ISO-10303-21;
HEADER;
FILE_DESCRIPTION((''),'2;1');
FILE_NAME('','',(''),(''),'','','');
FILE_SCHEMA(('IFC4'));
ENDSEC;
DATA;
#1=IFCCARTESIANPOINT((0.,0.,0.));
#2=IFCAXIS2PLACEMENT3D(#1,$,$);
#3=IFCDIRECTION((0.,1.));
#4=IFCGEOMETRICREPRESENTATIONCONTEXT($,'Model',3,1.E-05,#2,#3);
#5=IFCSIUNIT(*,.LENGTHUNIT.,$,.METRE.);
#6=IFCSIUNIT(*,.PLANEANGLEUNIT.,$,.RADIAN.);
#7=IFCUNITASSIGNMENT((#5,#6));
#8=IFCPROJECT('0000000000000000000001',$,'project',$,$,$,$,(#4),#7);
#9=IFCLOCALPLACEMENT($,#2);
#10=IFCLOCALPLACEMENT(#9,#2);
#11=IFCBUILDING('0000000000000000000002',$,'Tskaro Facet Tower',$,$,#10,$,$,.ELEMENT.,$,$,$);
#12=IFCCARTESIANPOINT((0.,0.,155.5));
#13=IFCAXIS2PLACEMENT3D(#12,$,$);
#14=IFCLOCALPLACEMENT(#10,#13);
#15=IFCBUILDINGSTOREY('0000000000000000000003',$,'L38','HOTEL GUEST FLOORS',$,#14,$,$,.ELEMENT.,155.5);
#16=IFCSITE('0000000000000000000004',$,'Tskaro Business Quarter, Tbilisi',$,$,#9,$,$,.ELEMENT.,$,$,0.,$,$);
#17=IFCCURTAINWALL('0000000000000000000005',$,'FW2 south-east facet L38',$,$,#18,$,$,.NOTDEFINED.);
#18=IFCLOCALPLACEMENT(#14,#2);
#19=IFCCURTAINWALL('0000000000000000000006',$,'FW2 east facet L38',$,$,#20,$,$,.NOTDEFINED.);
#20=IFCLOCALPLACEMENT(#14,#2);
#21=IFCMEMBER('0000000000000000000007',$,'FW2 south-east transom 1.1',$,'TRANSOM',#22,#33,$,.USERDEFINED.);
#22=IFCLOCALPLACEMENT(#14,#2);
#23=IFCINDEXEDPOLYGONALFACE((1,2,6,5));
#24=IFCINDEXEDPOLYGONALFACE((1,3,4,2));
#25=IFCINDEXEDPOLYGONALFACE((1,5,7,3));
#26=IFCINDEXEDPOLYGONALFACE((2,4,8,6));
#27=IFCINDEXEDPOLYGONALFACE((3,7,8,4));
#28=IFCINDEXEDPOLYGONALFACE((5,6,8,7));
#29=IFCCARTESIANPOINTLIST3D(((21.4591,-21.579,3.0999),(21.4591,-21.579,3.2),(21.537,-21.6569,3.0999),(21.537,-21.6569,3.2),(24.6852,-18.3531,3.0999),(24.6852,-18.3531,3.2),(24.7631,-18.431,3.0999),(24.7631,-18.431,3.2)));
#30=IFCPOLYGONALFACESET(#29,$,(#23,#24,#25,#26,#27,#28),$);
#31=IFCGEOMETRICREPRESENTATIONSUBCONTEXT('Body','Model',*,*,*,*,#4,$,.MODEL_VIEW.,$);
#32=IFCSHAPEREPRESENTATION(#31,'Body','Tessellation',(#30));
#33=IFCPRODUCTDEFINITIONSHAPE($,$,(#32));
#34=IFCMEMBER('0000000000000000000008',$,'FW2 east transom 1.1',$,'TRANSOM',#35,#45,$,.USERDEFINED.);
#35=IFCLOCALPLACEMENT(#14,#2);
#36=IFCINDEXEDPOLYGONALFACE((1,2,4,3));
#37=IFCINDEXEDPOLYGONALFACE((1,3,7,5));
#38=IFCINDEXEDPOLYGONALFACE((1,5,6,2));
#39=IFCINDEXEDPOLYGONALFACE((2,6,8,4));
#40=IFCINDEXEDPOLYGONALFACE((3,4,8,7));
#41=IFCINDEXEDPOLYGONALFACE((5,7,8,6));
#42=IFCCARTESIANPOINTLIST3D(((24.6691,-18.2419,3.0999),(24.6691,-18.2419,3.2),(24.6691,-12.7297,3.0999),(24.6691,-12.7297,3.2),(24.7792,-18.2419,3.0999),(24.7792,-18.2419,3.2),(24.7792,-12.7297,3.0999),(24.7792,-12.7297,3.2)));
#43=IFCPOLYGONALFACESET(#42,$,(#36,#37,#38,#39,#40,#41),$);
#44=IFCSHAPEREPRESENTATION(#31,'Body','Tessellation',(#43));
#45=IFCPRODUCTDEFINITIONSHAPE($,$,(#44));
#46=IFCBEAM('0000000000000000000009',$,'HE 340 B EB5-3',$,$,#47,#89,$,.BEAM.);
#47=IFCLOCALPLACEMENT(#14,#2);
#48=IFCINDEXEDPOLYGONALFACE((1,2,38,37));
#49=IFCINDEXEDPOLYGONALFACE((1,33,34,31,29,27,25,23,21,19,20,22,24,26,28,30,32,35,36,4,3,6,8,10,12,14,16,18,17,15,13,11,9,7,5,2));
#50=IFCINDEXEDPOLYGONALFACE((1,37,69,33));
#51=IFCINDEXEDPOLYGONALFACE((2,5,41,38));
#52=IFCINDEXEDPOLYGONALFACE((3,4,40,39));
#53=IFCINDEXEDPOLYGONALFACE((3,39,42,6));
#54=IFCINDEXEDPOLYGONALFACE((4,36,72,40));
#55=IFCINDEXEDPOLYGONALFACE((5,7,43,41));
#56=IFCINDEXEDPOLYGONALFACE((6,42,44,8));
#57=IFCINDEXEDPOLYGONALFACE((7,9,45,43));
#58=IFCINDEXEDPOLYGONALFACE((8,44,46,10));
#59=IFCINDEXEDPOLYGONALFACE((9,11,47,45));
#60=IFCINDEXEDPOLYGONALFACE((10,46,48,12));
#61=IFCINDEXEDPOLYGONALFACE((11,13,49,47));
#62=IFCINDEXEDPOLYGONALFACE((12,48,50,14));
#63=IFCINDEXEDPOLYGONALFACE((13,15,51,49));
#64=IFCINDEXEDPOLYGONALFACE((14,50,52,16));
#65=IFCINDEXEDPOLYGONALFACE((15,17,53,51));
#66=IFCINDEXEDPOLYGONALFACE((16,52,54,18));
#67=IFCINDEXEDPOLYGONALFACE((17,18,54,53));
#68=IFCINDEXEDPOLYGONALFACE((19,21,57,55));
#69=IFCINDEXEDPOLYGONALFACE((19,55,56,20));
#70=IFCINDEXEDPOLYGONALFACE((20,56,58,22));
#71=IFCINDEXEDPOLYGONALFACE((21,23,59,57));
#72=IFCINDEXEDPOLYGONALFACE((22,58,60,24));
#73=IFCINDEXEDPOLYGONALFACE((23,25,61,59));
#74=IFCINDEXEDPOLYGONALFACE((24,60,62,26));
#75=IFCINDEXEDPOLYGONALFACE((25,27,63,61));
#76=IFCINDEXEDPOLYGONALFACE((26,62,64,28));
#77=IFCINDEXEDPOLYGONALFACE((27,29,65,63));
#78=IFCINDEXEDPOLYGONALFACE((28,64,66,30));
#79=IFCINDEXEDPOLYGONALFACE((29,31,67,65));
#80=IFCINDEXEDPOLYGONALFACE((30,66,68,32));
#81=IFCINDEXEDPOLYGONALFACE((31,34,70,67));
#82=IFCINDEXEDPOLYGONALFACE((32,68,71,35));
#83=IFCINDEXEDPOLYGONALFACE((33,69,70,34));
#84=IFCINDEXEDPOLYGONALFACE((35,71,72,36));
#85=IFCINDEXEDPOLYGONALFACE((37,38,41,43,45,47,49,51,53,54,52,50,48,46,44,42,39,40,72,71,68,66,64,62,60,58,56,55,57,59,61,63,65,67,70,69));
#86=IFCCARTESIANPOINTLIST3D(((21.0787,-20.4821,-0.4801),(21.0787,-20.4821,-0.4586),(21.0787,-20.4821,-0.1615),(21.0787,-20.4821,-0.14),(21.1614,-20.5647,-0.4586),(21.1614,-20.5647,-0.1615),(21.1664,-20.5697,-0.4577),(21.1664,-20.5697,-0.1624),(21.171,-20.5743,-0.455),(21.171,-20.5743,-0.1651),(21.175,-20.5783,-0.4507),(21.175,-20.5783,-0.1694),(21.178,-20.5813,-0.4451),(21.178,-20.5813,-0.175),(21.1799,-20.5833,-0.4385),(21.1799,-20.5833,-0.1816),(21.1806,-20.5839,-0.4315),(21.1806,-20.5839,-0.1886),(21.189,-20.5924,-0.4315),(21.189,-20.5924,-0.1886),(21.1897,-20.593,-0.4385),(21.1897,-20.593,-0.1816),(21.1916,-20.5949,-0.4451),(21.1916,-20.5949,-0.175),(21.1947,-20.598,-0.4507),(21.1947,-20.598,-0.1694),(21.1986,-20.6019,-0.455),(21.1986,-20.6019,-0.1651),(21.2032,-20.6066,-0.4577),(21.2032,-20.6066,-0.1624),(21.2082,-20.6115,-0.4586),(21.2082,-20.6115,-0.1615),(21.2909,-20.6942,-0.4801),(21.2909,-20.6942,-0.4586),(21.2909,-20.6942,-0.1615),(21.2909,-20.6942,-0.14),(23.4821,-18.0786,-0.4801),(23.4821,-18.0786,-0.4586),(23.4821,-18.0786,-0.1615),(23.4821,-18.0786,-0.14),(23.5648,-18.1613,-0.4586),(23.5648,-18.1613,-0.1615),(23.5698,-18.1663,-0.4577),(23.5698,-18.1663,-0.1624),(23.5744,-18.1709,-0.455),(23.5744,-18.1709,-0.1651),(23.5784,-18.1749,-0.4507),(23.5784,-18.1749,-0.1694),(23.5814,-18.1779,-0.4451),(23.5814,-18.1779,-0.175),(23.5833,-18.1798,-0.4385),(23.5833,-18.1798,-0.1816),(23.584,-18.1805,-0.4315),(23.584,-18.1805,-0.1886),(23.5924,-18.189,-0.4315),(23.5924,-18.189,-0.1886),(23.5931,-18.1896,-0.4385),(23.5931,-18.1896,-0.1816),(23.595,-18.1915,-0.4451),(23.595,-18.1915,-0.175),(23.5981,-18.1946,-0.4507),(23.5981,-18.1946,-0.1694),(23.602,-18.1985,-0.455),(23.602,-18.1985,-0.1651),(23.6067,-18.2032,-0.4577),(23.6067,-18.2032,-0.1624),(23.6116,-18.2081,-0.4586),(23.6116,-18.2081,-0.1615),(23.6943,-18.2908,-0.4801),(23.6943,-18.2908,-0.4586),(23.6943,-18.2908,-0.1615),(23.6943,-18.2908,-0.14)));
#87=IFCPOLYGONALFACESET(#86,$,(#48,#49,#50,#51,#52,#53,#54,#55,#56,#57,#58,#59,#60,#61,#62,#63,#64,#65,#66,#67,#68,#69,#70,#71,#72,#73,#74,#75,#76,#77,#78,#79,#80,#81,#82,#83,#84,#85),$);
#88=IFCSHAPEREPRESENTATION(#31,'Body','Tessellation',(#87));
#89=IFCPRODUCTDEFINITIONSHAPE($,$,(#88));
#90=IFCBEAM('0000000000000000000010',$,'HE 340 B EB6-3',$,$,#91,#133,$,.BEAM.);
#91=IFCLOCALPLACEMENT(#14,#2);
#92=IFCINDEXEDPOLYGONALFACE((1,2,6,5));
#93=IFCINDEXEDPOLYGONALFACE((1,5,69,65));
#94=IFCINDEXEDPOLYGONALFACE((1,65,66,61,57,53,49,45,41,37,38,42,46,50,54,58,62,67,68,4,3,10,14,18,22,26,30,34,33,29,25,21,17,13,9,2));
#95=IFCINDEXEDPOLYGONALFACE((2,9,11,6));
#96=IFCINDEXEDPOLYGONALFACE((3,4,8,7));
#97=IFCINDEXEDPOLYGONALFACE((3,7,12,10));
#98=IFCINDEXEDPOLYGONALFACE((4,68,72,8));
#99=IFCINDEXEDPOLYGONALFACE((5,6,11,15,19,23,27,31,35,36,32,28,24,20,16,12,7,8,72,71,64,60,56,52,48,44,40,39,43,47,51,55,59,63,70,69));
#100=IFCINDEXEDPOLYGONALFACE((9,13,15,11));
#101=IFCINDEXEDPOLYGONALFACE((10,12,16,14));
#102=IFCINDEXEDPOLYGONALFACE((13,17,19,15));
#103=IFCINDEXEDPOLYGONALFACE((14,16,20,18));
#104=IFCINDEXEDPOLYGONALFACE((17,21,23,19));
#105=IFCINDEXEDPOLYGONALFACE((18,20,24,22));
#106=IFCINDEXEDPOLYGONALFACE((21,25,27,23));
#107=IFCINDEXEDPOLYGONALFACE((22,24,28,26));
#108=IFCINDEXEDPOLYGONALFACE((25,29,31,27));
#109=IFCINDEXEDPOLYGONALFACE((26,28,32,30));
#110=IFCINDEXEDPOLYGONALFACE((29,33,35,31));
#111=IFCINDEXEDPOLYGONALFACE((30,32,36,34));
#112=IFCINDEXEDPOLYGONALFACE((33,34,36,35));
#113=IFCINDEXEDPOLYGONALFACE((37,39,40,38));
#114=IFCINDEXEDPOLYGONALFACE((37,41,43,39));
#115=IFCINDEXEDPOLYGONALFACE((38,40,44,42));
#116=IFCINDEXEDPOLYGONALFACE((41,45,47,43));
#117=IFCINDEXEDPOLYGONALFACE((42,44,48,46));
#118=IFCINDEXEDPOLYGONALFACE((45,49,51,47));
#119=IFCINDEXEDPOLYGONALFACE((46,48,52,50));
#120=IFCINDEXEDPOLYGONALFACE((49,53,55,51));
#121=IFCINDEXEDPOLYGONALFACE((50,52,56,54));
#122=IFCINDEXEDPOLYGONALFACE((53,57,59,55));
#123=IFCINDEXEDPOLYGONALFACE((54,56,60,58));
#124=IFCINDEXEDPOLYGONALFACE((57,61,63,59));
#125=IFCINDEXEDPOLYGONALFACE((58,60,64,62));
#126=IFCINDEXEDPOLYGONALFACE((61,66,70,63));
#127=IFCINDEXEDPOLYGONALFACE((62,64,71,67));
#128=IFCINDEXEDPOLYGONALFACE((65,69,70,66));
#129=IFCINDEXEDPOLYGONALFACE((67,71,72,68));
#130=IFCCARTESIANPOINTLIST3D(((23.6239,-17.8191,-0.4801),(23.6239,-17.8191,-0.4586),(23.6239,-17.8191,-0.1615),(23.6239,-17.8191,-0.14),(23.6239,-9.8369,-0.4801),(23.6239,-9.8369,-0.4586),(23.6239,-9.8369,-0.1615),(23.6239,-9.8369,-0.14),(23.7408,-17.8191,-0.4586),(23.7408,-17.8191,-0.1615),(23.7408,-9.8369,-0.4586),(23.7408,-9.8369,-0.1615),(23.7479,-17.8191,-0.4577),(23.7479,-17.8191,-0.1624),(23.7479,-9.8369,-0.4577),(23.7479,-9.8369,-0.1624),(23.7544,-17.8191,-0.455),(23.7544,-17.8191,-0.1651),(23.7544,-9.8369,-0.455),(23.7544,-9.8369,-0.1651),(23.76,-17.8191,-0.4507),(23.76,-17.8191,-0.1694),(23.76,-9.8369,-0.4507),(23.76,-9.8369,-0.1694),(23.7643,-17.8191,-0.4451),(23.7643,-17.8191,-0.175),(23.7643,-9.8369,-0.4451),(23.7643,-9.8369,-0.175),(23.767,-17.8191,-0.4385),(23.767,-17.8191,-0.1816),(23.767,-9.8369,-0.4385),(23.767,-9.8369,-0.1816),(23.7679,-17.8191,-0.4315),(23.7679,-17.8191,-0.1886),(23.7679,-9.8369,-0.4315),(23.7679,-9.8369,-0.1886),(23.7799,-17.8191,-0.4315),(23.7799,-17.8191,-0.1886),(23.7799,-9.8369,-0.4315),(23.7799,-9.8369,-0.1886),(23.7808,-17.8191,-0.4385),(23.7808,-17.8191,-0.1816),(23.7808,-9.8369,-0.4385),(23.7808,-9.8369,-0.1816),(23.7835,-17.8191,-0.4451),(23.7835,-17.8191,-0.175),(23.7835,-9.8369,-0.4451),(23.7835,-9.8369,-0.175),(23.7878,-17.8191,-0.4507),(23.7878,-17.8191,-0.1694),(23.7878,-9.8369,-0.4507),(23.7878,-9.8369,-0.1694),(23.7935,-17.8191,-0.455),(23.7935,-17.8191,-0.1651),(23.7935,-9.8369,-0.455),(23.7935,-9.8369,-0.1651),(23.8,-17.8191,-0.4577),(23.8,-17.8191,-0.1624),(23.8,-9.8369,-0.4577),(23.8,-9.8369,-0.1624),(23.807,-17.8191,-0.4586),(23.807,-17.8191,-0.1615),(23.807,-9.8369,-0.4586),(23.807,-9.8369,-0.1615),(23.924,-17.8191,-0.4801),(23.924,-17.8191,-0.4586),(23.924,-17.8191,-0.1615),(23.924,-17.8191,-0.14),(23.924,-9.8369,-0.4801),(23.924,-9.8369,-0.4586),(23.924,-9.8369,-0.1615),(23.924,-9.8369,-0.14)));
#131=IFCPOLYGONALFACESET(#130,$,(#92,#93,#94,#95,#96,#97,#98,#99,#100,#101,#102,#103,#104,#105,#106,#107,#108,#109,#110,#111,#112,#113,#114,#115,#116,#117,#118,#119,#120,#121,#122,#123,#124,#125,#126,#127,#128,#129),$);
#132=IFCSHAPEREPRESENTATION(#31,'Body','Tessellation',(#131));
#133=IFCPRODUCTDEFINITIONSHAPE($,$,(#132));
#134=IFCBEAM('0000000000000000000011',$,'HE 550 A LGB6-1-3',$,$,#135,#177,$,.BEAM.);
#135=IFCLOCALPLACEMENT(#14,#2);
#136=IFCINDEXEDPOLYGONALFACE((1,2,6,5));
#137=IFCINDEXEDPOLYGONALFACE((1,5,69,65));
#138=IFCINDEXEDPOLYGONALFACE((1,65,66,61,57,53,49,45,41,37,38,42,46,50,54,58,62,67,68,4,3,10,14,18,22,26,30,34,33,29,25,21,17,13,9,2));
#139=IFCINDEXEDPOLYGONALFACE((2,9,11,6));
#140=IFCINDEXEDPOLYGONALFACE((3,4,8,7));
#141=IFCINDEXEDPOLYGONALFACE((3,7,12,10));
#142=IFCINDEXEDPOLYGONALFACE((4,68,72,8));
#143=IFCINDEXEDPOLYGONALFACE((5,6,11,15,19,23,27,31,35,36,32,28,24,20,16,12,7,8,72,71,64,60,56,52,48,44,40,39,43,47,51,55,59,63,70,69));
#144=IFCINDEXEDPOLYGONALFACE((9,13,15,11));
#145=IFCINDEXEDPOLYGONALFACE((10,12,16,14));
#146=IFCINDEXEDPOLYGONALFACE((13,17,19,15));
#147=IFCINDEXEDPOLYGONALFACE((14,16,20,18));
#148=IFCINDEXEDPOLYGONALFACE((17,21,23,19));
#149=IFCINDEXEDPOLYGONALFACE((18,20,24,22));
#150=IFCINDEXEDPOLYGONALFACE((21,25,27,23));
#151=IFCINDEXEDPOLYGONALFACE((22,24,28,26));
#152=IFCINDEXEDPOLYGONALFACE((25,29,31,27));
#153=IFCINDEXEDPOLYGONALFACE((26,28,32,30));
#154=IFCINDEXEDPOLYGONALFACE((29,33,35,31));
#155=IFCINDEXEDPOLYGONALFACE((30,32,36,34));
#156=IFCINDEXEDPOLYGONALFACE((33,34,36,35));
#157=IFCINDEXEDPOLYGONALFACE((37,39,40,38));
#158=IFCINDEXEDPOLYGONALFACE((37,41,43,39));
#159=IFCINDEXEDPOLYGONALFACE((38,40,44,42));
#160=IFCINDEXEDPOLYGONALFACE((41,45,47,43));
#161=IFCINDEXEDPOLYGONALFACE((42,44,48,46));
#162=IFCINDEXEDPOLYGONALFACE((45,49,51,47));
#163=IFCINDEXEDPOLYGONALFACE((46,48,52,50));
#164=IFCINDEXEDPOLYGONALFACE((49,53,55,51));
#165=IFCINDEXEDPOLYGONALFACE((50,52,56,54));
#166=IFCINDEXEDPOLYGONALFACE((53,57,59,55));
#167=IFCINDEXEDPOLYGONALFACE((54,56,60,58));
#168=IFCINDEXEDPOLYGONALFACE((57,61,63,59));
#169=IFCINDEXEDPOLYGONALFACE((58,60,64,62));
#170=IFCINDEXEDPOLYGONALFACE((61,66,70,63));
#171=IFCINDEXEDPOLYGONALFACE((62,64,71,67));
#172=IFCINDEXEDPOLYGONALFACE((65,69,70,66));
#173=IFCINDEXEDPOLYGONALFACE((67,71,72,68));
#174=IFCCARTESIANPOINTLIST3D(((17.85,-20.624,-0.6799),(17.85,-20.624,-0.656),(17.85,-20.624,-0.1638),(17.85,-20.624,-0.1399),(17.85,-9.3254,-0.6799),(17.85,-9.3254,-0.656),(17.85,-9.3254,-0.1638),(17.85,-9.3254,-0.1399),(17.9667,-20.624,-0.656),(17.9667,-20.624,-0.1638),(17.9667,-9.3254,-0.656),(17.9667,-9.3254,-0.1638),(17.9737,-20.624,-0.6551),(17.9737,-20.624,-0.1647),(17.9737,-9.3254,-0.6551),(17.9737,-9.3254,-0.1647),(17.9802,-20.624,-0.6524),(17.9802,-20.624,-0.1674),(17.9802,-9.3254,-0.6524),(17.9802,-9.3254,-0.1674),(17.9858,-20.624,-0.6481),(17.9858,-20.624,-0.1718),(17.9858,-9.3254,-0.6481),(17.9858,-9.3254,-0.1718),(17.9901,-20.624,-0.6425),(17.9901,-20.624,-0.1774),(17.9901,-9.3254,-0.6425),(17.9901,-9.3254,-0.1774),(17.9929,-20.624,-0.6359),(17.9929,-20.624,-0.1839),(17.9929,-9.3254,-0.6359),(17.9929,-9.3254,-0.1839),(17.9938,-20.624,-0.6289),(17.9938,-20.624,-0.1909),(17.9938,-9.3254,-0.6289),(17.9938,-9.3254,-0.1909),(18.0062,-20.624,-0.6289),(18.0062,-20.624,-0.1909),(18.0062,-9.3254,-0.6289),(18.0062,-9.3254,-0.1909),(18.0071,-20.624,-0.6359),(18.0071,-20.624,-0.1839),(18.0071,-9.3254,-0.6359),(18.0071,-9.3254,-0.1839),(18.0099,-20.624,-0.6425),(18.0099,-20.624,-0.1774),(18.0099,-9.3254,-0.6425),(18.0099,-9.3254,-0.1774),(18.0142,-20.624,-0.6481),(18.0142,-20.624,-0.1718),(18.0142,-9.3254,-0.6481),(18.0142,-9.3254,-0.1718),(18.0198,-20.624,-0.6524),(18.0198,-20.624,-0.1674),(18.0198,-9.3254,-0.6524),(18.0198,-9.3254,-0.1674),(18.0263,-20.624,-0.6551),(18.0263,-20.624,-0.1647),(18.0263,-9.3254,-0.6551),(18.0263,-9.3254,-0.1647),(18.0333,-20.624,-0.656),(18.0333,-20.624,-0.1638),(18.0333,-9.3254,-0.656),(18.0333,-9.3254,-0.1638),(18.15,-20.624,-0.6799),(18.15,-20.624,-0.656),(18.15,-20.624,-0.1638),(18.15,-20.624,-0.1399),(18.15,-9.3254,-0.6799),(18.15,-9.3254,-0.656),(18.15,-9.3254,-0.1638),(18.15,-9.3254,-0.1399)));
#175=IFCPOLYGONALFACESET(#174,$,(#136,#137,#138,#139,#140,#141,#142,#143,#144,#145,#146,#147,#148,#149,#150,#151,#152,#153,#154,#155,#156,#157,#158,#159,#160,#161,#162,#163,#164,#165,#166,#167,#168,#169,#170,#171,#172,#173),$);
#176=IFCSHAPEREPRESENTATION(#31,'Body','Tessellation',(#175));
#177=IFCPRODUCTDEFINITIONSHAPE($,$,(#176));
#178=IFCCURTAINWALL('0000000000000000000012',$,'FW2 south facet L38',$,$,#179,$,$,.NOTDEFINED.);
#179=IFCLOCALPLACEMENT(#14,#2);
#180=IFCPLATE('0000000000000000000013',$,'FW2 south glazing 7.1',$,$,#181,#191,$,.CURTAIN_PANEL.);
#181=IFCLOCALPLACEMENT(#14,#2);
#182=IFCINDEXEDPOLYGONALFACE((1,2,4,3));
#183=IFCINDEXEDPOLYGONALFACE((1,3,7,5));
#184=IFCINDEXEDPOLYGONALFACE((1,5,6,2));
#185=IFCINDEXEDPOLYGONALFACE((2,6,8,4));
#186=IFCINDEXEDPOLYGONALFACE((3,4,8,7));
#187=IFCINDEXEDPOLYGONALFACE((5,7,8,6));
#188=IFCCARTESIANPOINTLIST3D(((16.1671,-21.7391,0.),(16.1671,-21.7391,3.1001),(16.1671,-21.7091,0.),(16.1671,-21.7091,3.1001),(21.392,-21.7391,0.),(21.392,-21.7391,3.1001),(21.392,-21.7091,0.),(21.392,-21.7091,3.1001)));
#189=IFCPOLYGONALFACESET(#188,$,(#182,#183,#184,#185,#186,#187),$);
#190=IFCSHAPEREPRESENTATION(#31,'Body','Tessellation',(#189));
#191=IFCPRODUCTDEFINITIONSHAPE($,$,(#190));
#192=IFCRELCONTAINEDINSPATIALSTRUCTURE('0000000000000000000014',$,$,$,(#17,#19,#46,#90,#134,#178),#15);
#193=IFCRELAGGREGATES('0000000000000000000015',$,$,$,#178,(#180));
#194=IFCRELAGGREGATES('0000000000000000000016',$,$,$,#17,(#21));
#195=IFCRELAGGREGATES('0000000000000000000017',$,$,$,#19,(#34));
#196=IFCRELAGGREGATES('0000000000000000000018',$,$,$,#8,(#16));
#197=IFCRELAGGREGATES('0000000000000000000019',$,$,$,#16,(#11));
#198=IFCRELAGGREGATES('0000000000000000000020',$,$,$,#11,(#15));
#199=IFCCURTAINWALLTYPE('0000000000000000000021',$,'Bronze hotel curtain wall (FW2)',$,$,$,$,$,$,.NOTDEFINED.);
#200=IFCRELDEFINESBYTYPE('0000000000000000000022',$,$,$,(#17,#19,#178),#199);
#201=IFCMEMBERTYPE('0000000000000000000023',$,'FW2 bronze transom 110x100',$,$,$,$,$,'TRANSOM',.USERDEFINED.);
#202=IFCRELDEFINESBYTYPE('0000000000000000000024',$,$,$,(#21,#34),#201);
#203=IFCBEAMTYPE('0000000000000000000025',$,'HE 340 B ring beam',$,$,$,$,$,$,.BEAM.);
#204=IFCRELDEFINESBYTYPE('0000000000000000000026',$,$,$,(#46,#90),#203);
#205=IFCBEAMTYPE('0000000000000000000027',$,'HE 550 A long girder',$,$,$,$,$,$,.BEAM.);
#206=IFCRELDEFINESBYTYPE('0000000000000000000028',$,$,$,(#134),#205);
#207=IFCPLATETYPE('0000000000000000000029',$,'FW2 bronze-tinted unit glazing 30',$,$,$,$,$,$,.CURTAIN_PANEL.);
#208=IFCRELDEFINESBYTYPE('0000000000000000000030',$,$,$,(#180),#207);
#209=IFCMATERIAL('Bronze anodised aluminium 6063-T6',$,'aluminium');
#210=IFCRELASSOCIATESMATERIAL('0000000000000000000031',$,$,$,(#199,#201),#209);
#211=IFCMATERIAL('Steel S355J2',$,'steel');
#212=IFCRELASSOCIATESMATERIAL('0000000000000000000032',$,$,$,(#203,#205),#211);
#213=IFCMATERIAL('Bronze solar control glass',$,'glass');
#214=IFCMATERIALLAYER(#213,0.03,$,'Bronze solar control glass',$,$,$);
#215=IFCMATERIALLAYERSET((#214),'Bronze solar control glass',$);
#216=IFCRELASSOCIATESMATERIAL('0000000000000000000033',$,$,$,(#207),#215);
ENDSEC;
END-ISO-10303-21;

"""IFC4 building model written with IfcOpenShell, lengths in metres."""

from ifc_helpers import new_model, si_unit, direction, frame, origin, origin_2d, place, context, subcontext, project, spatial, rectangle, i_section, extrude, material, layer, layer_set, material_profile, profile_set, type_object, element, aggregate, save


model = new_model("IFC4")

# Units and contexts
model_context = context("Model", 3, precision=1e-05, world=origin(), true_north=direction((0.0, 1.0)))
body_context = subcontext(model_context, "Body", "Model", "MODEL_VIEW")
ifc_project = project(units=[si_unit("LENGTHUNIT", "METRE"), si_unit("PLANEANGLEUNIT", "RADIAN")], contexts=[model_context])

# Site, building, storey
site_placement = place(None, origin())
site = spatial("IfcSite", under=ifc_project, at=site_placement, Name="Tskaro Business Quarter, Tbilisi", CompositionType="ELEMENT", RefElevation=0.0)
building_placement = place(site_placement, origin())
building = spatial("IfcBuilding", under=site, at=building_placement, Name="Tskaro Facet Tower", CompositionType="ELEMENT")
storey_placement = place(building_placement, frame((0.0, 0.0, 155.5)))
storey = spatial("IfcBuildingStorey", under=building, at=storey_placement, Name="L38", Description="HOTEL GUEST FLOORS", CompositionType="ELEMENT", Elevation=155.5)

# Curtain walls
ifc_material_1 = material(Name="Bronze anodised aluminium 6063-T6", Category="aluminium")
curtain_wall_type = type_object("IfcCurtainWallType", Name="Bronze hotel curtain wall (FW2)", PredefinedType="NOTDEFINED", material=ifc_material_1)
curtain_wall_1_placement = place(storey_placement, origin())
curtain_wall_1 = element("IfcCurtainWall", 1, at=curtain_wall_1_placement, inside=storey, type_object=curtain_wall_type, Name="FW2 south-east facet L38", PredefinedType="NOTDEFINED")
curtain_wall_2_placement = place(storey_placement, origin())
curtain_wall_2 = element("IfcCurtainWall", 2, at=curtain_wall_2_placement, inside=storey, type_object=curtain_wall_type, Name="FW2 east facet L38", PredefinedType="NOTDEFINED")

# Members
ifc_material_profile_1 = material_profile(ifc_material_1, rectangle(XDim=0.1101, YDim=0.1001, at=origin_2d()), Name="Transom 110x100")
ifc_profile_set_1 = profile_set([ifc_material_profile_1], Name="Bronze anodised aluminium 6063-T6")
member_type_1 = type_object("IfcMemberType", Name="FW2 bronze transom 110x100", ElementType="TRANSOM", PredefinedType="USERDEFINED", material=ifc_profile_set_1)
member_1_placement = place(storey_placement, frame((21.498, -21.6179, 3.1499), z_axis=(0.707134, 0.70708, 0.0), x_axis=(-0.70708, 0.707134, 0.0)))
member_1 = element("IfcMember", 3, at=member_1_placement, type_object=member_type_1, Name="FW2 south-east transom 1.1", ObjectType="TRANSOM", PredefinedType="USERDEFINED", context=body_context, shape_type="SweptSolid", body=[
    extrude(rectangle(XDim=0.1101, YDim=0.1001, at=origin_2d()), origin(), (0.0, 0.0, 1.0), 4.5623),
])
member_2_placement = place(storey_placement, frame((24.7241, -18.2419, 3.1499), z_axis=(0.0, 1.0, 0.0), x_axis=(-1.0, 0.0, 0.0)))
member_2 = element("IfcMember", 4, at=member_2_placement, type_object=member_type_1, Name="FW2 east transom 1.1", ObjectType="TRANSOM", PredefinedType="USERDEFINED", context=body_context, shape_type="SweptSolid", body=[
    extrude(rectangle(XDim=0.1101, YDim=0.1001, at=origin_2d()), origin(), (0.0, 0.0, 1.0), 5.5122),
])

# Beams
ifc_material_2 = material(Name="Steel S355J2", Category="steel")
ifc_material_profile_2 = material_profile(ifc_material_2, i_section(OverallWidth=0.3, OverallDepth=0.3401, WebThickness=0.012, FlangeThickness=0.0215, FilletRadius=0.0271, at=origin_2d()), Name="HE 340 B")
ifc_profile_set_2 = profile_set([ifc_material_profile_2], Name="Steel S355J2")
beam_type_1 = type_object("IfcBeamType", Name="HE 340 B ring beam", PredefinedType="BEAM", material=ifc_profile_set_2)
beam_1_placement = place(storey_placement, frame((21.1848, -20.5881, -0.3101), z_axis=(0.707107, 0.707107, 0.0), x_axis=(-0.707107, 0.707107, 0.0)))
element("IfcBeam", 5, at=beam_1_placement, inside=storey, type_object=beam_type_1, Name="HE 340 B EB5-3", PredefinedType="BEAM", context=body_context, shape_type="SweptSolid", body=[
    extrude(i_section(OverallWidth=0.3, OverallDepth=0.3401, WebThickness=0.012, FlangeThickness=0.0215, FilletRadius=0.0271, at=origin_2d()), origin(), (0.0, 0.0, 1.0), 3.3989),
])
beam_2_placement = place(storey_placement, frame((23.7739, -17.8191, -0.3101), z_axis=(0.0, 1.0, 0.0), x_axis=(-1.0, 0.0, 0.0)))
element("IfcBeam", 6, at=beam_2_placement, inside=storey, type_object=beam_type_1, Name="HE 340 B EB6-3", PredefinedType="BEAM", context=body_context, shape_type="SweptSolid", body=[
    extrude(i_section(OverallWidth=0.3, OverallDepth=0.3401, WebThickness=0.012, FlangeThickness=0.0215, FilletRadius=0.0271, at=origin_2d()), origin(), (0.0, 0.0, 1.0), 7.9822),
])
ifc_material_profile_3 = material_profile(ifc_material_2, i_section(OverallWidth=0.3, OverallDepth=0.54, WebThickness=0.0125, FlangeThickness=0.0239, FilletRadius=0.0271, at=origin_2d()), Name="HE 550 A")
ifc_profile_set_3 = profile_set([ifc_material_profile_3], Name="Steel S355J2")
beam_type_2 = type_object("IfcBeamType", Name="HE 550 A long girder", PredefinedType="BEAM", material=ifc_profile_set_3)
beam_3_placement = place(storey_placement, frame((18.0, -20.624, -0.4099), z_axis=(0.0, 1.0, 0.0), x_axis=(-1.0, 0.0, 0.0)))
element("IfcBeam", 7, at=beam_3_placement, inside=storey, type_object=beam_type_2, Name="HE 550 A LGB6-1-3", PredefinedType="BEAM", context=body_context, shape_type="SweptSolid", body=[
    extrude(i_section(OverallWidth=0.3, OverallDepth=0.54, WebThickness=0.0125, FlangeThickness=0.0239, FilletRadius=0.0271, at=origin_2d()), origin(), (0.0, 0.0, 1.0), 11.2986),
])

# Curtain wall, plate
curtain_wall_3_placement = place(storey_placement, origin())
curtain_wall_3 = element("IfcCurtainWall", 8, at=curtain_wall_3_placement, inside=storey, type_object=curtain_wall_type, Name="FW2 south facet L38", PredefinedType="NOTDEFINED")
ifc_material_3 = material(Name="Bronze solar control glass", Category="glass")
ifc_layer_1 = layer(ifc_material_3, 0.03, Name="Bronze solar control glass")
ifc_layer_set_1 = layer_set([ifc_layer_1], Name="Bronze solar control glass")
plate_type = type_object("IfcPlateType", Name="FW2 bronze-tinted unit glazing 30", PredefinedType="CURTAIN_PANEL", material=ifc_layer_set_1)
plate_1_placement = place(storey_placement, frame((18.7795, -21.7241, 0.0), z_axis=(0.0, 0.0, 1.0), x_axis=(1.0, 0.0, 0.0)))
plate_1 = element("IfcPlate", 9, at=plate_1_placement, type_object=plate_type, Name="FW2 south glazing 7.1", PredefinedType="CURTAIN_PANEL", context=body_context, shape_type="SweptSolid", body=[
    extrude(rectangle(XDim=5.2249, YDim=0.03, at=origin_2d()), origin(), (0.0, 0.0, 1.0), 3.1001),
])
aggregate(curtain_wall_3, [plate_1])

aggregate(curtain_wall_1, [member_1])
aggregate(curtain_wall_2, [member_2])

save(model, "model.ifc")
